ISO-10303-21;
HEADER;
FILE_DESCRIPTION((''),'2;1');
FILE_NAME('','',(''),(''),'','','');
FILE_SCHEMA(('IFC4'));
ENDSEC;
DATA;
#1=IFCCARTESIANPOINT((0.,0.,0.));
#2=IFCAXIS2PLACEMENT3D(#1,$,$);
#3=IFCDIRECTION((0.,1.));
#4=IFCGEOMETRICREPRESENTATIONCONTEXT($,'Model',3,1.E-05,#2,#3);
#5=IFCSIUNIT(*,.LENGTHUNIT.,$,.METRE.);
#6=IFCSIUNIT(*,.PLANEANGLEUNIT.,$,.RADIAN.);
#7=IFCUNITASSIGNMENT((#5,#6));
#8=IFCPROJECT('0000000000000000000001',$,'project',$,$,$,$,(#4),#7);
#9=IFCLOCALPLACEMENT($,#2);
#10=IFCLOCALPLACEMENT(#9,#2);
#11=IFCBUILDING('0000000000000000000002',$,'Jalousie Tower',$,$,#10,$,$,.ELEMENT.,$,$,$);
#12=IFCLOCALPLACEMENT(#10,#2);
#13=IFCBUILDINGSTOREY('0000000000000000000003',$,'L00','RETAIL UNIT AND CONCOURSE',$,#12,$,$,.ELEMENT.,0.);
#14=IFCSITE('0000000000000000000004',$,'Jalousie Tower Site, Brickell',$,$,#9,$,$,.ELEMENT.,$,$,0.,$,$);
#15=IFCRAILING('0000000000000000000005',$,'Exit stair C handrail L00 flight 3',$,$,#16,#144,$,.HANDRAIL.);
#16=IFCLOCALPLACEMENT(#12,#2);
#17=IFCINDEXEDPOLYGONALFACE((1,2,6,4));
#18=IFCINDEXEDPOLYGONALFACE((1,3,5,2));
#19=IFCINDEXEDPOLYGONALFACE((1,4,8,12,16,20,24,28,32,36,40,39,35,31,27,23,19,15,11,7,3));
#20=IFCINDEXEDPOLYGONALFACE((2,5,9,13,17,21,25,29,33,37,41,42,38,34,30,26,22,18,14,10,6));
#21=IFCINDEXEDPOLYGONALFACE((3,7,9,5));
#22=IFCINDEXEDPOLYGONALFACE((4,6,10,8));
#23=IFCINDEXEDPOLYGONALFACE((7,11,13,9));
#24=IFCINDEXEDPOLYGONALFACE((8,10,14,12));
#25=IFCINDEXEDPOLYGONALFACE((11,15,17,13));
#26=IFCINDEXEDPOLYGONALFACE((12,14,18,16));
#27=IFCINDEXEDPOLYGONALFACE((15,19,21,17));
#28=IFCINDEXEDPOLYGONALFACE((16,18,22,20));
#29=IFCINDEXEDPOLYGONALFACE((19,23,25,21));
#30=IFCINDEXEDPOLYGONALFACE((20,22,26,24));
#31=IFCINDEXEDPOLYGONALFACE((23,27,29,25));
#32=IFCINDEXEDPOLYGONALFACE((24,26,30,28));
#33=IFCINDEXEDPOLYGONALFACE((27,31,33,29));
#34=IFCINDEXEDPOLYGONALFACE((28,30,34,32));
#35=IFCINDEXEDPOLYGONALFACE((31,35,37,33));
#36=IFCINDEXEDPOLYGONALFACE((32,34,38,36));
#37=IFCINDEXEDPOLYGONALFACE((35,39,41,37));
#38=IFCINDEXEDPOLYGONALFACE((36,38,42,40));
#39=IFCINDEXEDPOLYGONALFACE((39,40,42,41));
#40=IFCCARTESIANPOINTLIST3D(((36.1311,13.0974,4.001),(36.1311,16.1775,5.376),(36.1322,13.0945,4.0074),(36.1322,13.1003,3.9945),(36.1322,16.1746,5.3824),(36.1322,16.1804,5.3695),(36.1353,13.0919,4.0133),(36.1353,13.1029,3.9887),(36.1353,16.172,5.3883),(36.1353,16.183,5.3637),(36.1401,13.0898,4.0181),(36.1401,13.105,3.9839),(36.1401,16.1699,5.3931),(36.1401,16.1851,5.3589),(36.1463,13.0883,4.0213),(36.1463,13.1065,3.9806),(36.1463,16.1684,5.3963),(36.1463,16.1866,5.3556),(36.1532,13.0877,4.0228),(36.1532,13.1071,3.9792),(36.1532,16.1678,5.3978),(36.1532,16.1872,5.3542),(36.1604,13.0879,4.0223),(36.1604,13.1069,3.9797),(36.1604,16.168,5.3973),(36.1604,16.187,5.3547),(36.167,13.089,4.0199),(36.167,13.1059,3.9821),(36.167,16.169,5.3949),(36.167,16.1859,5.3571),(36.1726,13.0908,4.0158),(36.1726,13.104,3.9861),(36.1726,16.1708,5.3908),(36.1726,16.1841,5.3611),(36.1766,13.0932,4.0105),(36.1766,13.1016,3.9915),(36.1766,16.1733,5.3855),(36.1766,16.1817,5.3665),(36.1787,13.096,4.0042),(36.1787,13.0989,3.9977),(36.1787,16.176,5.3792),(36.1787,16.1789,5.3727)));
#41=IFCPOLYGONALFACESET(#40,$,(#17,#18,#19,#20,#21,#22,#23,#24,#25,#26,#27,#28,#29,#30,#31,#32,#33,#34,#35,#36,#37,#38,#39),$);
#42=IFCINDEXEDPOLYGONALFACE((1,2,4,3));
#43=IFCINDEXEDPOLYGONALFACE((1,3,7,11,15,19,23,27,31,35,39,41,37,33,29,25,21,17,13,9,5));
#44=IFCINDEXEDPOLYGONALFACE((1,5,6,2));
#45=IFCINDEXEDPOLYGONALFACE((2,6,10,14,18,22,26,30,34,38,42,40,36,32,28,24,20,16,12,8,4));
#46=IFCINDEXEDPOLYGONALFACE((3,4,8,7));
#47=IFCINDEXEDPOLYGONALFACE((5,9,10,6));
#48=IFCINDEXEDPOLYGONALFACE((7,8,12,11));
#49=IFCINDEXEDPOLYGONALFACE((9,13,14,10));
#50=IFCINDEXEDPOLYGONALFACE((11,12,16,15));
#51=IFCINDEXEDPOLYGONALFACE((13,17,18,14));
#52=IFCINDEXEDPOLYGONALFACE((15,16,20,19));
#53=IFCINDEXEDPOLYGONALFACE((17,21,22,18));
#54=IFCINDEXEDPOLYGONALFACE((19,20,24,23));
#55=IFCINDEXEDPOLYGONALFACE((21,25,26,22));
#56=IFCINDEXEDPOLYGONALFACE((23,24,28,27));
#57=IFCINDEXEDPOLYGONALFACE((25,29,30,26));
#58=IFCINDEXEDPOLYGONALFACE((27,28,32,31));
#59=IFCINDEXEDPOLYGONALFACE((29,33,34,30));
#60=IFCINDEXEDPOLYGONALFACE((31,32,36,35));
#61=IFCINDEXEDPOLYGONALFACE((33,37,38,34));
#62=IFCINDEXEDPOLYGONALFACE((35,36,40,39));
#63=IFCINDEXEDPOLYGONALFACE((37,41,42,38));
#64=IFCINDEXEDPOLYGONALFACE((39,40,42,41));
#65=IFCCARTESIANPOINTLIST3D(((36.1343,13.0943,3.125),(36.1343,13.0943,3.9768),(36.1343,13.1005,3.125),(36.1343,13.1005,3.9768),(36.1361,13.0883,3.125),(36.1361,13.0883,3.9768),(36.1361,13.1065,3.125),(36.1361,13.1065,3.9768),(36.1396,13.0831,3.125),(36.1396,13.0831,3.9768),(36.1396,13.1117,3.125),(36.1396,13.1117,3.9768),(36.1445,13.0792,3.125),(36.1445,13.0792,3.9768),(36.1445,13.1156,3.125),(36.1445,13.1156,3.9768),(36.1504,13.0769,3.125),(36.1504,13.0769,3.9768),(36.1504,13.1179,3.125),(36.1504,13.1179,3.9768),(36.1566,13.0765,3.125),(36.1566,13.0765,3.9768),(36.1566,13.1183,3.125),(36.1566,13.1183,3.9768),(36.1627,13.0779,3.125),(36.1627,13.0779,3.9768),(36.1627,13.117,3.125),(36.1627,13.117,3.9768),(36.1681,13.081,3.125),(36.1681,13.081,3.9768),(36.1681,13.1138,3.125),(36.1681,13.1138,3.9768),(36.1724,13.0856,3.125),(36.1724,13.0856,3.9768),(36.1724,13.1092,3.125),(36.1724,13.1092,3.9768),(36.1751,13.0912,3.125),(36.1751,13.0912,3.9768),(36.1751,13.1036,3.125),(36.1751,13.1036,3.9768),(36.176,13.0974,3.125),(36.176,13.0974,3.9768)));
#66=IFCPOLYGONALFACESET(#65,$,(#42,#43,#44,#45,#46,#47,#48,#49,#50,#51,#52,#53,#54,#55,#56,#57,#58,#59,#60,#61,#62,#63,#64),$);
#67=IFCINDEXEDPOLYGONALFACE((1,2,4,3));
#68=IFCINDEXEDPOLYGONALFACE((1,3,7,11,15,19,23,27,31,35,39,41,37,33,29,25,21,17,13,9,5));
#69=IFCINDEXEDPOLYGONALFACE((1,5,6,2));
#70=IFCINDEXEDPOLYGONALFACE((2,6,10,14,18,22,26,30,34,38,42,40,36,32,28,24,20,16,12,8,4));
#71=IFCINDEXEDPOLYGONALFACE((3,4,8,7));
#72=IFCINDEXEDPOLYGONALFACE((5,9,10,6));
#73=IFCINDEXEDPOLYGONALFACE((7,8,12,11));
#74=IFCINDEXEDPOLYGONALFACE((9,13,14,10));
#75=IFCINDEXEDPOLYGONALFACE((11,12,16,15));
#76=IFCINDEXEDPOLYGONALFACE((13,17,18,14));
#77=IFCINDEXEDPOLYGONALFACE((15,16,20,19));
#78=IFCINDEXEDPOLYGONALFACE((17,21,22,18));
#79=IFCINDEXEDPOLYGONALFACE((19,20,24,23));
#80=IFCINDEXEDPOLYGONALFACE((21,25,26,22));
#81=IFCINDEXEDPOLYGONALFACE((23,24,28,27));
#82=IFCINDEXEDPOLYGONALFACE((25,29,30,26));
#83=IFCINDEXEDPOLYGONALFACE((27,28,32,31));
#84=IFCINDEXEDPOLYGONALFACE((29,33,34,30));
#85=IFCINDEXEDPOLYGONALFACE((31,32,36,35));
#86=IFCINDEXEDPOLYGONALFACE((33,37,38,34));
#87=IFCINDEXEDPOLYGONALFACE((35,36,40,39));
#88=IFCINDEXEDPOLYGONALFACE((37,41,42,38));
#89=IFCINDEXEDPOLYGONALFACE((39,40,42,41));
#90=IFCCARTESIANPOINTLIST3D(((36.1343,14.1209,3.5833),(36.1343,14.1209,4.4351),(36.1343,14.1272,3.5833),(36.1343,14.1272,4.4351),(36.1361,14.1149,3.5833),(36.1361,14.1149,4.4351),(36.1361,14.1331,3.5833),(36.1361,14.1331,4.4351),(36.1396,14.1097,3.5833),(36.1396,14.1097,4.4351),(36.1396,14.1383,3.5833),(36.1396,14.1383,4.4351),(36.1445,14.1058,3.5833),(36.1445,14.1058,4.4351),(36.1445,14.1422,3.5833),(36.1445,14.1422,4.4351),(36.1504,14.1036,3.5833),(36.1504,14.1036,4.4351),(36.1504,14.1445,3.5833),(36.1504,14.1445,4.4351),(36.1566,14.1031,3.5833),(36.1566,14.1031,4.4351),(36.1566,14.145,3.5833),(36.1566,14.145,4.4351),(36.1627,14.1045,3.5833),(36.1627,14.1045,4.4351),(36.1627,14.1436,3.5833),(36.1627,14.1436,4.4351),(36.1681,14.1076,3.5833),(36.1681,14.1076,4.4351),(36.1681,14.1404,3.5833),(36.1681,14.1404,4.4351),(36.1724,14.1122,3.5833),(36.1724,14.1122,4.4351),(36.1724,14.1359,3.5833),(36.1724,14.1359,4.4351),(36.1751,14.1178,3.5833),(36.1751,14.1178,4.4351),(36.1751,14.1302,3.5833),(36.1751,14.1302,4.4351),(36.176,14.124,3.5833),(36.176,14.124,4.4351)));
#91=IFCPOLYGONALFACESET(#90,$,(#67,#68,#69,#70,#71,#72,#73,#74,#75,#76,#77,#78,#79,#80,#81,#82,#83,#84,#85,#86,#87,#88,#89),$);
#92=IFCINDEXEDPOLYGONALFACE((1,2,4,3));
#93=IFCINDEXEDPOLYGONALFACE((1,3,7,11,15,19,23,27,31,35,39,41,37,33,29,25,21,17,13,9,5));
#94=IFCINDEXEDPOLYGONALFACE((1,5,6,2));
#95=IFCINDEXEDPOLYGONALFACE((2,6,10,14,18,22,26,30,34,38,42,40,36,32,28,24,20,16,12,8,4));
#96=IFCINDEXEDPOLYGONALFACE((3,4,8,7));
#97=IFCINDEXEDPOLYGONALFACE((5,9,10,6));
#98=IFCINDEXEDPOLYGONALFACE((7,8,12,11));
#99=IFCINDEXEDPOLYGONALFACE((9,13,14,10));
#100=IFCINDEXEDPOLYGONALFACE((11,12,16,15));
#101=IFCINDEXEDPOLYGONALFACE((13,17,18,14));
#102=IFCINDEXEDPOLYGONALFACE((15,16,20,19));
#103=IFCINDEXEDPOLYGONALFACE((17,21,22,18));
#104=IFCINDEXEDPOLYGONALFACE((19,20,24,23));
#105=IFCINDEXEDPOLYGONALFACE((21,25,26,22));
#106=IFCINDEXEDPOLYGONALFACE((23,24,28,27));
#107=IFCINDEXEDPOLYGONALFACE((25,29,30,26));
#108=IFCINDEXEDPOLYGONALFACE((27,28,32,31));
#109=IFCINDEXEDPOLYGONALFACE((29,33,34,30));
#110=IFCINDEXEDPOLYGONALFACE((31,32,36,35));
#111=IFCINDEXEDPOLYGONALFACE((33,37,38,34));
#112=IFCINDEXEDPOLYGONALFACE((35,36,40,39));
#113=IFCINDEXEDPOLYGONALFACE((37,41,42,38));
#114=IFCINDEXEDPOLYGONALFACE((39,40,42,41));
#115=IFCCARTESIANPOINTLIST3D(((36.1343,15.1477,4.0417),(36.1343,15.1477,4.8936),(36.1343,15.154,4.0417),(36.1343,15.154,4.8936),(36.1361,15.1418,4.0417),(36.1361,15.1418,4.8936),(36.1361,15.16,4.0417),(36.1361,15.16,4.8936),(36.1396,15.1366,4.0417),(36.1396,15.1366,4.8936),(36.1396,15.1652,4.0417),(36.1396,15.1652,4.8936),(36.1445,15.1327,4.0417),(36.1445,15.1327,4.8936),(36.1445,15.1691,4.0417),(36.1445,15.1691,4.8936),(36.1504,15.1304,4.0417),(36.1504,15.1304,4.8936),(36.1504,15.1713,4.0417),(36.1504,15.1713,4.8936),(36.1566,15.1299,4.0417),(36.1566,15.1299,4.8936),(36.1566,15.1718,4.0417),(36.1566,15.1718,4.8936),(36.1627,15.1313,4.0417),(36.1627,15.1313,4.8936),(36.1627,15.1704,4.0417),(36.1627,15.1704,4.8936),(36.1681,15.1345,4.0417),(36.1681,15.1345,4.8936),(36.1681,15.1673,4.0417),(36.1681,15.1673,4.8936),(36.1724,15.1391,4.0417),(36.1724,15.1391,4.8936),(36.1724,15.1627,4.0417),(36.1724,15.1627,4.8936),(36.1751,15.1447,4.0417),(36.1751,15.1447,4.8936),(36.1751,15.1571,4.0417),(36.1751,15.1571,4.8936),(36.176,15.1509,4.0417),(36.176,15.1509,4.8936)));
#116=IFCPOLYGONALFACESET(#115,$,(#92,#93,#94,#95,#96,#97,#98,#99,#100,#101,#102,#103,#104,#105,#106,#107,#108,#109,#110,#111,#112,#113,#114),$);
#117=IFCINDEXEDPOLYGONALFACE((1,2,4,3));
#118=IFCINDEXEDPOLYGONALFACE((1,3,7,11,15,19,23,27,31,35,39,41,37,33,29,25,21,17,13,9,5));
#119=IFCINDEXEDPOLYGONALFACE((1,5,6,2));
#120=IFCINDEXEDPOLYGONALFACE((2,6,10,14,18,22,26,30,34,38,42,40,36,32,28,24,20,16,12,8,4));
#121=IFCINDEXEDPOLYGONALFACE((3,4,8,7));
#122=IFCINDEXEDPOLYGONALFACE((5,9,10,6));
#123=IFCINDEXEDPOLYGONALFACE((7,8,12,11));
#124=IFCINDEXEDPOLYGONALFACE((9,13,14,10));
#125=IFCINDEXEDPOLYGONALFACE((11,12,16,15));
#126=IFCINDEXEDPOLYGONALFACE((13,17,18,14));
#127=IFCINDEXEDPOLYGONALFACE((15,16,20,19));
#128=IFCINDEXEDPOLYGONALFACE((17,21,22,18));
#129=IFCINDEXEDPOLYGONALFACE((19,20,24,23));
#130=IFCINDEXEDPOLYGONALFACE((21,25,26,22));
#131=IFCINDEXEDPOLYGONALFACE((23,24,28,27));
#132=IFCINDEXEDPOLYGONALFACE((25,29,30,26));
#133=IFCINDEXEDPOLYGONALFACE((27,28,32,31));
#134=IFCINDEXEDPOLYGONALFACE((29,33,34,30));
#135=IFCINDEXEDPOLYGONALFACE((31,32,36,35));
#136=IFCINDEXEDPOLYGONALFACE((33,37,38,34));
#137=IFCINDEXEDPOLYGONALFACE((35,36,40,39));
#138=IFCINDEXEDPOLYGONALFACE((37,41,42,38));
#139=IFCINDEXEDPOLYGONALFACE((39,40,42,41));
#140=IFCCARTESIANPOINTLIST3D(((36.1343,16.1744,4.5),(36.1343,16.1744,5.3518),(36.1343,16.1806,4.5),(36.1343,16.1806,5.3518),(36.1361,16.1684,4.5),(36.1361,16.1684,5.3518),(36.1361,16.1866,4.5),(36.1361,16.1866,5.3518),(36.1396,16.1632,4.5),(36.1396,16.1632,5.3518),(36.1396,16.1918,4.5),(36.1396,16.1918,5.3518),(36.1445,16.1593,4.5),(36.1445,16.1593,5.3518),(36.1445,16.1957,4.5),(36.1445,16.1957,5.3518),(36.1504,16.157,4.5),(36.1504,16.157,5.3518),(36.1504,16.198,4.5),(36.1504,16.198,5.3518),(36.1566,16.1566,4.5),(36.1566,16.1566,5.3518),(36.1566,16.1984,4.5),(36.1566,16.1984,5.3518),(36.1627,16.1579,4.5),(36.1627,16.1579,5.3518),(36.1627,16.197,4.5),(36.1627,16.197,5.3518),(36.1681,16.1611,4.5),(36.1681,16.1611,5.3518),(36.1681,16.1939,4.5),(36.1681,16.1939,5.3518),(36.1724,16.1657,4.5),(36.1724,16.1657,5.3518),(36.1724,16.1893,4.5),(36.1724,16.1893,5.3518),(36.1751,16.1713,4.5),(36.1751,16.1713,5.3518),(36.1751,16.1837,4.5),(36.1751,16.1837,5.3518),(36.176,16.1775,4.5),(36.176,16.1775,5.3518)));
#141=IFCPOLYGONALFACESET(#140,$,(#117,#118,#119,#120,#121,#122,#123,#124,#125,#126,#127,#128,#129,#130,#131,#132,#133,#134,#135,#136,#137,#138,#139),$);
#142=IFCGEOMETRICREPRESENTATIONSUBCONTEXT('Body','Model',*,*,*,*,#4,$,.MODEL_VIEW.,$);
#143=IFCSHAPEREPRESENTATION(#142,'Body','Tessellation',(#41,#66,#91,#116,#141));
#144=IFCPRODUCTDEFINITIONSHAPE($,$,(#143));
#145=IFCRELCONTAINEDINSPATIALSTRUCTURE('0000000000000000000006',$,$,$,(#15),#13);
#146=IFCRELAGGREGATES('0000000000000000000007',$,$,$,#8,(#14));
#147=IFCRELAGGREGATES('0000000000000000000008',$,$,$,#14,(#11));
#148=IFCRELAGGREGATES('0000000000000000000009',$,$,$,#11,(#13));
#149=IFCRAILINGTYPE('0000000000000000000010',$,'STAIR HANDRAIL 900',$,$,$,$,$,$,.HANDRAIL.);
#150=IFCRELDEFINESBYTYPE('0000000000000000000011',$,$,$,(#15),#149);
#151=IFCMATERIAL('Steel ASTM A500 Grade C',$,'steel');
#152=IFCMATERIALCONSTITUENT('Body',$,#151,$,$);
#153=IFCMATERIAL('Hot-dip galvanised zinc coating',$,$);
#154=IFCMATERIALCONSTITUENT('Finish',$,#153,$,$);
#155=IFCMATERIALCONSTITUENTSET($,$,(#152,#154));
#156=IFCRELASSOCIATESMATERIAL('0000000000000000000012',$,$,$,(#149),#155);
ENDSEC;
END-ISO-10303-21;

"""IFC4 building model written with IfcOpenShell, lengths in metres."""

from ifc_helpers import new_model, si_unit, direction, frame, origin, origin_2d, place, context, subcontext, project, spatial, circle, extrude, material, constituent, constituent_set, type_object, element, save


model = new_model("IFC4")

# Units and contexts
model_context = context("Model", 3, precision=1e-05, world=origin(), true_north=direction((0.0, 1.0)))
body_context = subcontext(model_context, "Body", "Model", "MODEL_VIEW")
ifc_project = project(units=[si_unit("LENGTHUNIT", "METRE"), si_unit("PLANEANGLEUNIT", "RADIAN")], contexts=[model_context])

# Site, building, storey
site_placement = place(None, origin())
site = spatial("IfcSite", under=ifc_project, at=site_placement, Name="Jalousie Tower Site, Brickell", CompositionType="ELEMENT", RefElevation=0.0)
building_placement = place(site_placement, origin())
building = spatial("IfcBuilding", under=site, at=building_placement, Name="Jalousie Tower", CompositionType="ELEMENT")
storey_placement = place(building_placement, origin())
storey = spatial("IfcBuildingStorey", under=building, at=storey_placement, Name="L00", Description="RETAIL UNIT AND CONCOURSE", CompositionType="ELEMENT", Elevation=0.0)

# Railing
ifc_material_1 = material(Name="Steel ASTM A500 Grade C", Category="steel")
ifc_constituent_1 = constituent(ifc_material_1, Name="Body")
ifc_material_2 = material(Name="Hot-dip galvanised zinc coating")
ifc_constituent_2 = constituent(ifc_material_2, Name="Finish")
ifc_constituent_set_1 = constituent_set(constituents=[ifc_constituent_1, ifc_constituent_2])
railing_type_1 = type_object("IfcRailingType", Name="STAIR HANDRAIL 900", PredefinedType="HANDRAIL", material=ifc_constituent_set_1)
railing_1_placement = place(storey_placement, frame((36.155, 13.0974, 3.125)))
element("IfcRailing", 1, at=railing_1_placement, inside=storey, type_object=railing_type_1, Name="Exit stair C handrail L00 flight 3", PredefinedType="HANDRAIL", context=body_context, shape_type="SweptSolid", body=[
    extrude(circle(Radius=0.0239, at=origin_2d()), frame((0.0, 0.0, 0.876), z_axis=(0.0, 0.913142, 0.407642), x_axis=(-1.0, 0.0, 0.0)), (0.0, 0.0, 1.0), 3.373),
    extrude(circle(Radius=0.021, at=origin_2d()), origin(), (0.0, 0.0, 1.0), 0.8518),
    extrude(circle(Radius=0.021, at=origin_2d()), frame((0.0, 1.0266, 0.4583)), (0.0, 0.0, 1.0), 0.8518),
    extrude(circle(Radius=0.021, at=origin_2d()), frame((0.0, 2.0535, 0.9167)), (0.0, 0.0, 1.0), 0.8518),
    extrude(circle(Radius=0.021, at=origin_2d()), frame((0.0, 3.0801, 1.375)), (0.0, 0.0, 1.0), 0.8518),
])

save(model, "model.ifc")
